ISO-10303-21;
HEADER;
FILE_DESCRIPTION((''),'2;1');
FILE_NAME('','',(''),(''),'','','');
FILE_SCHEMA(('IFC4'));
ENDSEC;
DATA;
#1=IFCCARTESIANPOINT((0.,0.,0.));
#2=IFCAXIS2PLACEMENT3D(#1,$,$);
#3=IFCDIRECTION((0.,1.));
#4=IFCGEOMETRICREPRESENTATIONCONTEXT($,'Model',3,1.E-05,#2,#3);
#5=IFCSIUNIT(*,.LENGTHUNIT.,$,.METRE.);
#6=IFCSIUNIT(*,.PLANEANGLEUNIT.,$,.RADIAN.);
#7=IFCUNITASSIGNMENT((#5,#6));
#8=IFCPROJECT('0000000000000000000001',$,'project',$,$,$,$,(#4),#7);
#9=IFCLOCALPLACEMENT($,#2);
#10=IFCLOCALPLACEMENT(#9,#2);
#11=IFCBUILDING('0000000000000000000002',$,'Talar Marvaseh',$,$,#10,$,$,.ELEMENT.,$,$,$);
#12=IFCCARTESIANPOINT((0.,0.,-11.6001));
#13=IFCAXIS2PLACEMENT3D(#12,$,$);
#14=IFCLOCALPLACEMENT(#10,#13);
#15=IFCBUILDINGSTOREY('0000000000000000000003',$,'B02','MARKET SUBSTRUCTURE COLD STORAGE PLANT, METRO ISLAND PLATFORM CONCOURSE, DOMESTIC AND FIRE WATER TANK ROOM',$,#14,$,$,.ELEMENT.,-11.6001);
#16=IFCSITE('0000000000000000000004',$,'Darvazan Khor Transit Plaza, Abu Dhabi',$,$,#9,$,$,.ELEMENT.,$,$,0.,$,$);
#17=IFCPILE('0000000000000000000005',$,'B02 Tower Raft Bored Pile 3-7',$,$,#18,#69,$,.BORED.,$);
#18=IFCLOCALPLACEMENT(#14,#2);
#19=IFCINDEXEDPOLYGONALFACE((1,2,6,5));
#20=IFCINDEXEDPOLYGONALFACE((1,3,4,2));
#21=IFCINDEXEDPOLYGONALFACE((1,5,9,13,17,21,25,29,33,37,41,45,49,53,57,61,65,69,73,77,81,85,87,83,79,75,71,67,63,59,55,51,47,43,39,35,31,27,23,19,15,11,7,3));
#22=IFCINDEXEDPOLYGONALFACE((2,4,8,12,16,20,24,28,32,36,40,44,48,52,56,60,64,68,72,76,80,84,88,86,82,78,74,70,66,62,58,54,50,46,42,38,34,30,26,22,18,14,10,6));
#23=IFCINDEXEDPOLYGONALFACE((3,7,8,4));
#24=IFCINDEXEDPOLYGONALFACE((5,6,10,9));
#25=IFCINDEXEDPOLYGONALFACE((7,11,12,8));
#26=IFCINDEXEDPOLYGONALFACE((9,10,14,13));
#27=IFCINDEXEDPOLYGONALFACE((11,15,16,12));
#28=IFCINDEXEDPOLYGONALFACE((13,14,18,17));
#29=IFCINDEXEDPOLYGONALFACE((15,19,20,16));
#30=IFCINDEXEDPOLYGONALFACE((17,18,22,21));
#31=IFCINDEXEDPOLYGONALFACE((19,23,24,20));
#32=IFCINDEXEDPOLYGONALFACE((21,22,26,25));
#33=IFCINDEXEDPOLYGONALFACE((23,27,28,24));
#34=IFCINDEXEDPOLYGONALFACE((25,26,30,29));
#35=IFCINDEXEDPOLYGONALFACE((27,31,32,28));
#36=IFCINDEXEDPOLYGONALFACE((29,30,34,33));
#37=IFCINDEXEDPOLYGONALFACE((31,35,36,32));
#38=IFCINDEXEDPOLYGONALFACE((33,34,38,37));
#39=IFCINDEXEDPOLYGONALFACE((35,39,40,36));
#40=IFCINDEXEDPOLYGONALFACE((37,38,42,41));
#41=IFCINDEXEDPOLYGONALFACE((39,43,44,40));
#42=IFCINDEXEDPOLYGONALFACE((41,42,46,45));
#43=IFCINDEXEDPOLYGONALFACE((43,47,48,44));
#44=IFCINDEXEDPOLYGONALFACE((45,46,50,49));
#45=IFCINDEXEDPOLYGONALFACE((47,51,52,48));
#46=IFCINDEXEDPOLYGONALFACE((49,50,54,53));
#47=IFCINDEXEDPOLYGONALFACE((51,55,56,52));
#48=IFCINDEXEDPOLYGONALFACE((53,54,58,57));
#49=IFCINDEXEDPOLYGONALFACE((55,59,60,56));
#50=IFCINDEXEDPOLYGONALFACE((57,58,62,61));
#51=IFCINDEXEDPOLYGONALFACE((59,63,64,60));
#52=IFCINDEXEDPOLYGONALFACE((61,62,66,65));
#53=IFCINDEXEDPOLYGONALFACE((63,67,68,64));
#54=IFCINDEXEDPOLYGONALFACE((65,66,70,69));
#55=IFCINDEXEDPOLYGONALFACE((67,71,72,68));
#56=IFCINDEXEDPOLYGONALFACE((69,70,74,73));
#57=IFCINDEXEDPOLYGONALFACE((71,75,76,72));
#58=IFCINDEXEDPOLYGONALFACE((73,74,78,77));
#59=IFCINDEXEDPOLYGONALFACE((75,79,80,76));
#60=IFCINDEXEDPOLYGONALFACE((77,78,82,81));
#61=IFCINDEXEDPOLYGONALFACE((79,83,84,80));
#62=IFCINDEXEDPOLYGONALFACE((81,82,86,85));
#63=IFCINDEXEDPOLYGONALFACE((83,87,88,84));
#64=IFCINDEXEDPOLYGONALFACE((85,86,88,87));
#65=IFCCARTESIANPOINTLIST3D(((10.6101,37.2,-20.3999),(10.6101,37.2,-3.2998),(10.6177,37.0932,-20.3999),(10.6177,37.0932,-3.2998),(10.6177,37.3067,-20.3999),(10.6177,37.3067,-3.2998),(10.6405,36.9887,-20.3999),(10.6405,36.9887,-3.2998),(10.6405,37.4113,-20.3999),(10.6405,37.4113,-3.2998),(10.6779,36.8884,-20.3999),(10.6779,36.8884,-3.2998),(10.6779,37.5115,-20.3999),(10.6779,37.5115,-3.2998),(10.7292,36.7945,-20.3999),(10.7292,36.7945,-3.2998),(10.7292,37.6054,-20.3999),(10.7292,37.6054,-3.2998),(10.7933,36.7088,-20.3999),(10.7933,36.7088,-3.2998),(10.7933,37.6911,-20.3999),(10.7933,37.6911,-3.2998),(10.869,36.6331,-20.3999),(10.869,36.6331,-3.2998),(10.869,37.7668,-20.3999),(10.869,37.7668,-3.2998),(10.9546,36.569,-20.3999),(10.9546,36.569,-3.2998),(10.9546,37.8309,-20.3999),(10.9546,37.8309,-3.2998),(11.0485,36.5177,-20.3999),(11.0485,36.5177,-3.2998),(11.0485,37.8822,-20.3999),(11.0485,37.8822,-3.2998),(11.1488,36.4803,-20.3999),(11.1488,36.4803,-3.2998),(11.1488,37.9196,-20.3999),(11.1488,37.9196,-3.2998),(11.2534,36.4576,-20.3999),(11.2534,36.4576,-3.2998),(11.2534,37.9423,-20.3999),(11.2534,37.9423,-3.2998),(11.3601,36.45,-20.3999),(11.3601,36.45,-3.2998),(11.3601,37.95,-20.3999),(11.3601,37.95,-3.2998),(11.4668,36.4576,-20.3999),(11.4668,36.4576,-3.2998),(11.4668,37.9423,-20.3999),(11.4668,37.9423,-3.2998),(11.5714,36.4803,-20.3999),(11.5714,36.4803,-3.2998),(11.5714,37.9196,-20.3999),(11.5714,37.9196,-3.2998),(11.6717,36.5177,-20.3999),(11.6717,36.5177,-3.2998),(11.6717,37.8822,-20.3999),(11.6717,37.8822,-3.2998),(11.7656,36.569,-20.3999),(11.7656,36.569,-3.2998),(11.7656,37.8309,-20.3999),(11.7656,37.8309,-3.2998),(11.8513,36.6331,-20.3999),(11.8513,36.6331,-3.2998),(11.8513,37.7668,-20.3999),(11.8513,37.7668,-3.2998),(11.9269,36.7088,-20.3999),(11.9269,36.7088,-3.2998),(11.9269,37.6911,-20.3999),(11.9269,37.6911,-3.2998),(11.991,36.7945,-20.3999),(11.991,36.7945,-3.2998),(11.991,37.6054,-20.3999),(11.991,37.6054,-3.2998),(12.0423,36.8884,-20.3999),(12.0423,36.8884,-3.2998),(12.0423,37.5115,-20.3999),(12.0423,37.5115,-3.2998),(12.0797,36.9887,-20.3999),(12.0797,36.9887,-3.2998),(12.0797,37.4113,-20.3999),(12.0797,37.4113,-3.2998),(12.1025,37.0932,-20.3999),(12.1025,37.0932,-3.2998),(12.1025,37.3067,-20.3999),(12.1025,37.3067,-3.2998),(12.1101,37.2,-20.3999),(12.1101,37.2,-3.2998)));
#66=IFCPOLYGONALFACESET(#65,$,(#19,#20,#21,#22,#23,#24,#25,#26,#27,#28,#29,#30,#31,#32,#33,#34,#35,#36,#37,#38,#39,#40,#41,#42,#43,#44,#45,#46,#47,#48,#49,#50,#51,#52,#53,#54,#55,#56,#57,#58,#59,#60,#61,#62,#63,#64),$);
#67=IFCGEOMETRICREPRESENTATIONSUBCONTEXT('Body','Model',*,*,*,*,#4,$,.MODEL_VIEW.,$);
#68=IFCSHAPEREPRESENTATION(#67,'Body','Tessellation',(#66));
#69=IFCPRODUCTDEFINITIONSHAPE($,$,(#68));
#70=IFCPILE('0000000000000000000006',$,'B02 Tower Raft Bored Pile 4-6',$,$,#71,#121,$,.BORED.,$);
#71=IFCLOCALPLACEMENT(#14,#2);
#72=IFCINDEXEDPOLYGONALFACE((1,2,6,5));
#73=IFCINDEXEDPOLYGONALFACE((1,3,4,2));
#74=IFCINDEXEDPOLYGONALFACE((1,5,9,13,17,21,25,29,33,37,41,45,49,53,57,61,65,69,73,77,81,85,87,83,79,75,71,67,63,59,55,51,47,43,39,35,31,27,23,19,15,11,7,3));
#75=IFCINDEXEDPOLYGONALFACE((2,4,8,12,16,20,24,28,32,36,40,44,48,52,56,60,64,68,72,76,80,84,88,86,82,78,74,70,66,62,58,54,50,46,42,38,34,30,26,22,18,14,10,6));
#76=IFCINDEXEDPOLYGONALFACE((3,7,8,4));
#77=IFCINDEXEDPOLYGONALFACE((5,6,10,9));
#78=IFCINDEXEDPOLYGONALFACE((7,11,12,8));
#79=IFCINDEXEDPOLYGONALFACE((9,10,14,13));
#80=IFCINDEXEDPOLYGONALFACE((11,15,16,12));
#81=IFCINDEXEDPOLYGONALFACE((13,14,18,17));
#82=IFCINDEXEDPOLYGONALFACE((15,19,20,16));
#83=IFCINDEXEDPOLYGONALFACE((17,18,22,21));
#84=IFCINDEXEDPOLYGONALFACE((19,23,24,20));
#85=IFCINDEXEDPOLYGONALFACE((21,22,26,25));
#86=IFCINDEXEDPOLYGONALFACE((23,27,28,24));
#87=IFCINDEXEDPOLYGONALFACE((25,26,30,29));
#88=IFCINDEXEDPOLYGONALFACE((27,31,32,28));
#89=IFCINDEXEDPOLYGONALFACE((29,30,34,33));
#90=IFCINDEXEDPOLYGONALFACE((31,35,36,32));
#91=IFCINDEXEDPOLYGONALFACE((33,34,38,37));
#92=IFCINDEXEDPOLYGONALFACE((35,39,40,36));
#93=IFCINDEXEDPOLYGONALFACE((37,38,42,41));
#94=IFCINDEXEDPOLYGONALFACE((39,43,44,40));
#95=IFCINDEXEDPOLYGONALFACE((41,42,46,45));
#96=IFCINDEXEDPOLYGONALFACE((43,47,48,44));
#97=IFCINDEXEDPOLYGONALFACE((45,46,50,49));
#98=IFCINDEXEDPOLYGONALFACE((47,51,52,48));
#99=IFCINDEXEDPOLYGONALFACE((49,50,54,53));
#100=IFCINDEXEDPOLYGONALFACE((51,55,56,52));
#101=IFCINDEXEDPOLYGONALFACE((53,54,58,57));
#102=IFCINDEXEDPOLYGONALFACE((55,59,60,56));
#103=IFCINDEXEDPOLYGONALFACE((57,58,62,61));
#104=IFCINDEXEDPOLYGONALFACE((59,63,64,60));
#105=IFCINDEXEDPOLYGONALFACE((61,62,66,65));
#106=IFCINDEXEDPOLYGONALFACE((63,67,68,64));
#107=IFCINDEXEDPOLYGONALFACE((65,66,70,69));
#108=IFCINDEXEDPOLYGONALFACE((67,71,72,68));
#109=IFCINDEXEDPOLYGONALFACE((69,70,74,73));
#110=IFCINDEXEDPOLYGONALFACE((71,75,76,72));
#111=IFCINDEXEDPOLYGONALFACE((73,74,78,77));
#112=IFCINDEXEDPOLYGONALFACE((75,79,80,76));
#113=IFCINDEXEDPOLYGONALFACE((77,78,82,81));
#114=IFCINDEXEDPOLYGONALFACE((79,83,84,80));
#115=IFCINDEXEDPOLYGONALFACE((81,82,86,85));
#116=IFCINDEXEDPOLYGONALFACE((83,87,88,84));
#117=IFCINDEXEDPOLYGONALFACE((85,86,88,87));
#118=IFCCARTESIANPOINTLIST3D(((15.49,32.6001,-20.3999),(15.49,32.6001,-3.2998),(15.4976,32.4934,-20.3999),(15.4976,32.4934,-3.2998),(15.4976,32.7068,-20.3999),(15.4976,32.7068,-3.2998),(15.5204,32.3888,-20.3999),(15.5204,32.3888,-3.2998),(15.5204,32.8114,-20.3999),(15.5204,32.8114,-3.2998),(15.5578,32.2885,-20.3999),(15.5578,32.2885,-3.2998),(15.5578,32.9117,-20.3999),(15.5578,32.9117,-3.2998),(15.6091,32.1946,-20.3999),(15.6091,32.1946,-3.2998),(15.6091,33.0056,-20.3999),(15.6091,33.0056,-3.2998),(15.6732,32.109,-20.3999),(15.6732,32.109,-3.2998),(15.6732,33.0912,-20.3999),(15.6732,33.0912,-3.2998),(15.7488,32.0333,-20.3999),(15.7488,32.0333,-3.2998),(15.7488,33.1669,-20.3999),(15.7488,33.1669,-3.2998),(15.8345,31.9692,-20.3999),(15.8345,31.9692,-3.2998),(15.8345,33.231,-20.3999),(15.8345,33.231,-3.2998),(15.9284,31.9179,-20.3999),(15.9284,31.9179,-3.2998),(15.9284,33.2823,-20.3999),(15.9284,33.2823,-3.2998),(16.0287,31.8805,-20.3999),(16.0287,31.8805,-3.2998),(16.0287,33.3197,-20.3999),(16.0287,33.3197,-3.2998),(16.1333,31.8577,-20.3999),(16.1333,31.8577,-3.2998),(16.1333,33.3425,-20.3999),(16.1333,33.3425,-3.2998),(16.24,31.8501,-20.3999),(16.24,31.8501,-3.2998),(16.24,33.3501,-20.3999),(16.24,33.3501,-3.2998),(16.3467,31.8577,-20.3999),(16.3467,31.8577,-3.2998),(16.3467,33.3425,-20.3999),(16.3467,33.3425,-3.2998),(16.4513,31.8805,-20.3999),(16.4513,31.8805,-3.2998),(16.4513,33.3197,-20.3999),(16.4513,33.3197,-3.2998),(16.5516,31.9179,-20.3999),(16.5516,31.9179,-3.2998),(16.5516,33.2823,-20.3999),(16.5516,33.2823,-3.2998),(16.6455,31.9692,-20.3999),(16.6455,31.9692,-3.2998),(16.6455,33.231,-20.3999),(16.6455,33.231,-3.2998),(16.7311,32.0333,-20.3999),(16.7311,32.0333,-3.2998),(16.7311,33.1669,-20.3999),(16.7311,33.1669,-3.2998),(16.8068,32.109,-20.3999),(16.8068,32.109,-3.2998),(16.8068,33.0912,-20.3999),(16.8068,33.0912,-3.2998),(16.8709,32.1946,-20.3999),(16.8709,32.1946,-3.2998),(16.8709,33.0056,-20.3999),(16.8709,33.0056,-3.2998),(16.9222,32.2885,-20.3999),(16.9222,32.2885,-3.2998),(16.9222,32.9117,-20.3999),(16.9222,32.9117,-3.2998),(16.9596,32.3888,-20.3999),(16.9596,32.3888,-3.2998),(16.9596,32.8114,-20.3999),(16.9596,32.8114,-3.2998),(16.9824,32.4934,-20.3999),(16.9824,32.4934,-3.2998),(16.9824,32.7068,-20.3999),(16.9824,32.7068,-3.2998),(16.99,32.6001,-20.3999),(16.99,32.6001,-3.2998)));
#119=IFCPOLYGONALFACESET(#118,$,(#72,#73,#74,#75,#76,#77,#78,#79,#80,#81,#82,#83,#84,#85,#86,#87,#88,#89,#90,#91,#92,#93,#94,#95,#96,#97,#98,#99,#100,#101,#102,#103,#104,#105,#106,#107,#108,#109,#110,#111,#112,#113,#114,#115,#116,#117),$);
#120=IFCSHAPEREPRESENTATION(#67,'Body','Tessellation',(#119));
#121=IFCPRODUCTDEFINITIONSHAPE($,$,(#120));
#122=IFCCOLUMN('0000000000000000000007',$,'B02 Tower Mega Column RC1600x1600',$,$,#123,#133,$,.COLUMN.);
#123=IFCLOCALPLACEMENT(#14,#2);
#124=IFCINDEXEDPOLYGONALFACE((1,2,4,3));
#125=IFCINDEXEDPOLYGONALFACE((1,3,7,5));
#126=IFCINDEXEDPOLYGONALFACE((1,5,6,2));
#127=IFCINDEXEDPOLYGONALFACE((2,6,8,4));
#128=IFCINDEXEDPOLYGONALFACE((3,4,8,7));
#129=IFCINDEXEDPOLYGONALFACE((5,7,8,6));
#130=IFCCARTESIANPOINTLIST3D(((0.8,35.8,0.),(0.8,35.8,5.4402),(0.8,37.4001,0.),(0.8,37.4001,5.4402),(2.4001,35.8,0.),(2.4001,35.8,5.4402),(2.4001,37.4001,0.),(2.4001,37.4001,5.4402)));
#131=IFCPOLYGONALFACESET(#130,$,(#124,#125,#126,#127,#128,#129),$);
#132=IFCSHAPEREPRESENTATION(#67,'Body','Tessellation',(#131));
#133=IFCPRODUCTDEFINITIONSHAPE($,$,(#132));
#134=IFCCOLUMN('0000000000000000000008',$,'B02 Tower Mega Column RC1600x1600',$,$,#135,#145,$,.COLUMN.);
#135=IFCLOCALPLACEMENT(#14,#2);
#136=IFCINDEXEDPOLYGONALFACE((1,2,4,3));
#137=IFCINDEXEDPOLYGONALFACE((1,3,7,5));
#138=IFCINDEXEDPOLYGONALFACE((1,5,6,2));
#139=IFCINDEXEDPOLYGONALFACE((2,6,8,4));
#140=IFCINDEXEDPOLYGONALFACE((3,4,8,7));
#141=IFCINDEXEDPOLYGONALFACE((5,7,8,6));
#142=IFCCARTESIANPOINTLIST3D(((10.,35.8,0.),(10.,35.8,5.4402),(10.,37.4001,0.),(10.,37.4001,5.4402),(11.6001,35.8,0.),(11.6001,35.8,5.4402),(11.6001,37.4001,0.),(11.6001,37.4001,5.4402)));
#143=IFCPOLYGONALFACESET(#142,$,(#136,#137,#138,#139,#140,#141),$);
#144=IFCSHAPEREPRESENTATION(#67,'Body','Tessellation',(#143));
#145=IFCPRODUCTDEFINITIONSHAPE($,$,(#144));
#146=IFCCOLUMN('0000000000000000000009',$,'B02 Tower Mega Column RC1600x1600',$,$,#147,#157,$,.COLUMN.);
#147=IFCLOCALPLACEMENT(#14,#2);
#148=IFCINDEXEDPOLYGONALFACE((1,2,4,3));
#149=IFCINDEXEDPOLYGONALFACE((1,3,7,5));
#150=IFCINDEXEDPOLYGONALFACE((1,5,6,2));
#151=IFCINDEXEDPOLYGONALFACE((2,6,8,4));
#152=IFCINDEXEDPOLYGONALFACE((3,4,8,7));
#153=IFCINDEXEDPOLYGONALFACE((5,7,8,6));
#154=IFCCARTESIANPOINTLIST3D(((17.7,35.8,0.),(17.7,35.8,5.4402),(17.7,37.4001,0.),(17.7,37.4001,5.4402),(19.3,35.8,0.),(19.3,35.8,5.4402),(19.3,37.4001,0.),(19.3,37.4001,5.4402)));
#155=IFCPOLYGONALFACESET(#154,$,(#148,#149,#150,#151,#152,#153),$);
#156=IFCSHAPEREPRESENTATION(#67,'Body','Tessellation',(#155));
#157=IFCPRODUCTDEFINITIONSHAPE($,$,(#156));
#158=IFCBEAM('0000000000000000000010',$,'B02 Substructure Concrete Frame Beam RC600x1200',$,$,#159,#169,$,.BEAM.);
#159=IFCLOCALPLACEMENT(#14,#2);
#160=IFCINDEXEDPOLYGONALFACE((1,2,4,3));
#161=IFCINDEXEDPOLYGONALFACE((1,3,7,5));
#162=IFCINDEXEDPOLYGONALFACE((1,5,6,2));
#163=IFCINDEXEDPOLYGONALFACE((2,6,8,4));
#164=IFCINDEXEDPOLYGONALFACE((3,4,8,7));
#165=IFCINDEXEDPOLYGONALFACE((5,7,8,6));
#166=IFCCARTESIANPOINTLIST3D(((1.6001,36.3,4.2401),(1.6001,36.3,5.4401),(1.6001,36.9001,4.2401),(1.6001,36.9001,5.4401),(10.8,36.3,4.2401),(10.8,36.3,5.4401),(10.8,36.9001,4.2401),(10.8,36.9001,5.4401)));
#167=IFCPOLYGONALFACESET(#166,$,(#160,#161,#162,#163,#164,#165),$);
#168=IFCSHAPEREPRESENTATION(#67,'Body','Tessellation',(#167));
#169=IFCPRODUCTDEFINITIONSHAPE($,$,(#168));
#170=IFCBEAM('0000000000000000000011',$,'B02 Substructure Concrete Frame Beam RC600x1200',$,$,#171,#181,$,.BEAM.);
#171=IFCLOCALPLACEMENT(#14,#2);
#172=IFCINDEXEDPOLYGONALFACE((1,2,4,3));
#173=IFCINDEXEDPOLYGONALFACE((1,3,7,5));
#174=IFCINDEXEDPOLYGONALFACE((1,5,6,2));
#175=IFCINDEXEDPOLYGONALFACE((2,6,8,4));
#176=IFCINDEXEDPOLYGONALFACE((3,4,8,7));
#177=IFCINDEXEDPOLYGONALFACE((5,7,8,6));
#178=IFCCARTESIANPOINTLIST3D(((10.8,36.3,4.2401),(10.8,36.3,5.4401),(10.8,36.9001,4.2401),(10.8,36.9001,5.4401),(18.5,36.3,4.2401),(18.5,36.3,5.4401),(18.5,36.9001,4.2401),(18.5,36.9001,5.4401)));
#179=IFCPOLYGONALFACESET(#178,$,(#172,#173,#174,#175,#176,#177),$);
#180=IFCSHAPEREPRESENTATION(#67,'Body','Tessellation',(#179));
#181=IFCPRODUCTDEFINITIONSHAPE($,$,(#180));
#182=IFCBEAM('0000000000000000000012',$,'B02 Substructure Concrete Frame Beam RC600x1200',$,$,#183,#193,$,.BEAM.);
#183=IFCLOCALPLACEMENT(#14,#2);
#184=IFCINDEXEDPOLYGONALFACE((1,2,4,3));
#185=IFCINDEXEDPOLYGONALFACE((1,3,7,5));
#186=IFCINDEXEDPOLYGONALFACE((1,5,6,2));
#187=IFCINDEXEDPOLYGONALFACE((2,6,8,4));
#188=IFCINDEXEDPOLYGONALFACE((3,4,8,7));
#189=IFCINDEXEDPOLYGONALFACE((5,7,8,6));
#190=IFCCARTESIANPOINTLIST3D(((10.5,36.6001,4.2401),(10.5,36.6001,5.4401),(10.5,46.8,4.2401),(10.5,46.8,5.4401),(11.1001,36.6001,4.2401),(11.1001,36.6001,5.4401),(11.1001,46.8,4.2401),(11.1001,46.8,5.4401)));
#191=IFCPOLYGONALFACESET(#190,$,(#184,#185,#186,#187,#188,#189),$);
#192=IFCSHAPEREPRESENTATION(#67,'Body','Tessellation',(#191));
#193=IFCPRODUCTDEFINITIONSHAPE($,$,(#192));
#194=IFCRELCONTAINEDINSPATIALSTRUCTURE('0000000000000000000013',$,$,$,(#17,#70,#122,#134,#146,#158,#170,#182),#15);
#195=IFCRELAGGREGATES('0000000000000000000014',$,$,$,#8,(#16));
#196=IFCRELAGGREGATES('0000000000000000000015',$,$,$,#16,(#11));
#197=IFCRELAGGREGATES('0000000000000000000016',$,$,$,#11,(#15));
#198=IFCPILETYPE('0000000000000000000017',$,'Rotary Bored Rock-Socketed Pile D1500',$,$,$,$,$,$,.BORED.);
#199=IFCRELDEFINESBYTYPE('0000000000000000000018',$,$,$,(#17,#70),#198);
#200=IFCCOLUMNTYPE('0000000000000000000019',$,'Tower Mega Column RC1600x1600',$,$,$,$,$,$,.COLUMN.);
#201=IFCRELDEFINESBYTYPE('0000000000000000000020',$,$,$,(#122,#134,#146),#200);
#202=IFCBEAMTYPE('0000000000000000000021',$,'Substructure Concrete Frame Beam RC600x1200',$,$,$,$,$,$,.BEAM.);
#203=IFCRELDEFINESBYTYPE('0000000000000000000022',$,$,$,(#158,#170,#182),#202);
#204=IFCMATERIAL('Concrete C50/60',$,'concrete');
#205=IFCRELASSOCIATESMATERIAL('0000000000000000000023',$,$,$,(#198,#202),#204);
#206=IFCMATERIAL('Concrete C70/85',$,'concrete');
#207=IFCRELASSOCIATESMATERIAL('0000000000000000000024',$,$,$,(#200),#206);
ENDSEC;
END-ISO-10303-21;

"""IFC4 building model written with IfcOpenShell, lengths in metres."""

from ifc_helpers import new_model, si_unit, direction, frame, origin, origin_2d, place, context, subcontext, project, spatial, rectangle, circle, extrude, source, transform, mapped, material, material_profile, profile_set, type_object, type_shapes, element, save


model = new_model("IFC4")

# Units and contexts
model_context = context("Model", 3, precision=1e-05, world=origin(), true_north=direction((0.0, 1.0)))
body_context = subcontext(model_context, "Body", "Model", "MODEL_VIEW")
ifc_project = project(units=[si_unit("LENGTHUNIT", "METRE"), si_unit("PLANEANGLEUNIT", "RADIAN")], contexts=[model_context])

# Site, building, storey
site_placement = place(None, origin())
site = spatial("IfcSite", under=ifc_project, at=site_placement, Name="Darvazan Khor Transit Plaza, Abu Dhabi", CompositionType="ELEMENT", RefElevation=0.0)
building_placement = place(site_placement, origin())
building = spatial("IfcBuilding", under=site, at=building_placement, Name="Talar Marvaseh", CompositionType="ELEMENT")
storey_placement = place(building_placement, frame((0.0, 0.0, -11.6001)))
storey = spatial("IfcBuildingStorey", under=building, at=storey_placement, Name="B02", Description="MARKET SUBSTRUCTURE COLD STORAGE PLANT, METRO ISLAND PLATFORM CONCOURSE, DOMESTIC AND FIRE WATER TANK ROOM", CompositionType="ELEMENT", Elevation=-11.6001)

# Piles
ifc_material_1 = material(Name="Concrete C50/60", Category="concrete")
ifc_material_profile_1 = material_profile(ifc_material_1, circle(Radius=0.75, at=origin_2d()), Name="PILE-D1500")
ifc_profile_set_1 = profile_set([ifc_material_profile_1], Name="Concrete C50/60")
pile_type_1 = type_object("IfcPileType", Name="Rotary Bored Rock-Socketed Pile D1500", PredefinedType="BORED", material=ifc_profile_set_1)
shared_shape_1 = source(origin(), body_context, "Body", "SweptSolid", [
    extrude(circle(Radius=0.75, at=origin_2d()), origin(), (0.0, 0.0, 1.0), 17.1001),
])
type_shapes(pile_type_1, [shared_shape_1])
for number, where, z_axis, x_axis, name in (
    (1, (11.3601, 37.2, -3.2998), (0.0, 0.0, -1.0), (1.0, 0.0, 0.0), "B02 Tower Raft Bored Pile 3-7"),
    (2, (16.24, 32.6001, -3.2998), (0.0, 0.0, -1.0), (1.0, 0.0, 0.0), "B02 Tower Raft Bored Pile 4-6"),
):
    element("IfcPile", number, at=place(storey_placement, frame(where, z_axis=z_axis, x_axis=x_axis)), inside=storey, type_object=pile_type_1, Name=name, PredefinedType="BORED", context=body_context, shape_type="MappedRepresentation", body=[
        mapped(shared_shape_1, transform((0.0, 0.0, 0.0), x_axis=(1.0, 0.0, 0.0), y_axis=(0.0, 1.0, 0.0), z_axis=(0.0, 0.0, 1.0), scale=1.0)),
    ])

# Columns
ifc_material_2 = material(Name="Concrete C70/85", Category="concrete")
ifc_material_profile_2 = material_profile(ifc_material_2, rectangle(XDim=1.6001, YDim=1.6001, at=origin_2d()), Name="RC1600x1600")
ifc_profile_set_2 = profile_set([ifc_material_profile_2], Name="Concrete C70/85")
column_type = type_object("IfcColumnType", Name="Tower Mega Column RC1600x1600", PredefinedType="COLUMN", material=ifc_profile_set_2)
for number, where, z_axis, x_axis, name in (
    (3, (1.6001, 36.6001, 0.0), (0.0, 0.0, 1.0), (1.0, 0.0, 0.0), "B02 Tower Mega Column RC1600x1600"),
    (4, (10.8, 36.6001, 0.0), (0.0, 0.0, 1.0), (1.0, 0.0, 0.0), "B02 Tower Mega Column RC1600x1600"),
    (5, (18.5, 36.6001, 0.0), (0.0, 0.0, 1.0), (1.0, 0.0, 0.0), "B02 Tower Mega Column RC1600x1600"),
):
    element("IfcColumn", number, at=place(storey_placement, frame(where, z_axis=z_axis, x_axis=x_axis)), inside=storey, type_object=column_type, Name=name, PredefinedType="COLUMN", context=body_context, shape_type="SweptSolid", body=[
        extrude(rectangle(XDim=1.6001, YDim=1.6001, at=origin_2d()), origin(), (0.0, 0.0, 1.0), 5.4402),
    ])

# Beams
ifc_material_profile_3 = material_profile(ifc_material_1, rectangle(XDim=0.6001, YDim=1.2, at=origin_2d()), Name="RC600x1200")
ifc_profile_set_3 = profile_set([ifc_material_profile_3], Name="Concrete C50/60")
beam_type_1 = type_object("IfcBeamType", Name="Substructure Concrete Frame Beam RC600x1200", PredefinedType="BEAM", material=ifc_profile_set_3)
beam_1_placement = place(storey_placement, frame((1.6001, 36.6001, 4.8401), z_axis=(1.0, 0.0, 0.0), x_axis=(0.0, 1.0, 0.0)))
element("IfcBeam", 6, at=beam_1_placement, inside=storey, type_object=beam_type_1, Name="B02 Substructure Concrete Frame Beam RC600x1200", PredefinedType="BEAM", context=body_context, shape_type="SweptSolid", body=[
    extrude(rectangle(XDim=0.6001, YDim=1.2, at=origin_2d()), origin(), (0.0, 0.0, 1.0), 9.2),
])
beam_2_placement = place(storey_placement, frame((10.8, 36.6001, 4.8401), z_axis=(1.0, 0.0, 0.0), x_axis=(0.0, 1.0, 0.0)))
element("IfcBeam", 7, at=beam_2_placement, inside=storey, type_object=beam_type_1, Name="B02 Substructure Concrete Frame Beam RC600x1200", PredefinedType="BEAM", context=body_context, shape_type="SweptSolid", body=[
    extrude(rectangle(XDim=0.6001, YDim=1.2, at=origin_2d()), origin(), (0.0, 0.0, 1.0), 7.7),
])
beam_3_placement = place(storey_placement, frame((10.8, 36.6001, 4.8401), z_axis=(0.0, 1.0, 0.0), x_axis=(-1.0, 0.0, 0.0)))
element("IfcBeam", 8, at=beam_3_placement, inside=storey, type_object=beam_type_1, Name="B02 Substructure Concrete Frame Beam RC600x1200", PredefinedType="BEAM", context=body_context, shape_type="SweptSolid", body=[
    extrude(rectangle(XDim=0.6001, YDim=1.2, at=origin_2d()), origin(), (0.0, 0.0, 1.0), 10.2),
])

save(model, "model.ifc")
